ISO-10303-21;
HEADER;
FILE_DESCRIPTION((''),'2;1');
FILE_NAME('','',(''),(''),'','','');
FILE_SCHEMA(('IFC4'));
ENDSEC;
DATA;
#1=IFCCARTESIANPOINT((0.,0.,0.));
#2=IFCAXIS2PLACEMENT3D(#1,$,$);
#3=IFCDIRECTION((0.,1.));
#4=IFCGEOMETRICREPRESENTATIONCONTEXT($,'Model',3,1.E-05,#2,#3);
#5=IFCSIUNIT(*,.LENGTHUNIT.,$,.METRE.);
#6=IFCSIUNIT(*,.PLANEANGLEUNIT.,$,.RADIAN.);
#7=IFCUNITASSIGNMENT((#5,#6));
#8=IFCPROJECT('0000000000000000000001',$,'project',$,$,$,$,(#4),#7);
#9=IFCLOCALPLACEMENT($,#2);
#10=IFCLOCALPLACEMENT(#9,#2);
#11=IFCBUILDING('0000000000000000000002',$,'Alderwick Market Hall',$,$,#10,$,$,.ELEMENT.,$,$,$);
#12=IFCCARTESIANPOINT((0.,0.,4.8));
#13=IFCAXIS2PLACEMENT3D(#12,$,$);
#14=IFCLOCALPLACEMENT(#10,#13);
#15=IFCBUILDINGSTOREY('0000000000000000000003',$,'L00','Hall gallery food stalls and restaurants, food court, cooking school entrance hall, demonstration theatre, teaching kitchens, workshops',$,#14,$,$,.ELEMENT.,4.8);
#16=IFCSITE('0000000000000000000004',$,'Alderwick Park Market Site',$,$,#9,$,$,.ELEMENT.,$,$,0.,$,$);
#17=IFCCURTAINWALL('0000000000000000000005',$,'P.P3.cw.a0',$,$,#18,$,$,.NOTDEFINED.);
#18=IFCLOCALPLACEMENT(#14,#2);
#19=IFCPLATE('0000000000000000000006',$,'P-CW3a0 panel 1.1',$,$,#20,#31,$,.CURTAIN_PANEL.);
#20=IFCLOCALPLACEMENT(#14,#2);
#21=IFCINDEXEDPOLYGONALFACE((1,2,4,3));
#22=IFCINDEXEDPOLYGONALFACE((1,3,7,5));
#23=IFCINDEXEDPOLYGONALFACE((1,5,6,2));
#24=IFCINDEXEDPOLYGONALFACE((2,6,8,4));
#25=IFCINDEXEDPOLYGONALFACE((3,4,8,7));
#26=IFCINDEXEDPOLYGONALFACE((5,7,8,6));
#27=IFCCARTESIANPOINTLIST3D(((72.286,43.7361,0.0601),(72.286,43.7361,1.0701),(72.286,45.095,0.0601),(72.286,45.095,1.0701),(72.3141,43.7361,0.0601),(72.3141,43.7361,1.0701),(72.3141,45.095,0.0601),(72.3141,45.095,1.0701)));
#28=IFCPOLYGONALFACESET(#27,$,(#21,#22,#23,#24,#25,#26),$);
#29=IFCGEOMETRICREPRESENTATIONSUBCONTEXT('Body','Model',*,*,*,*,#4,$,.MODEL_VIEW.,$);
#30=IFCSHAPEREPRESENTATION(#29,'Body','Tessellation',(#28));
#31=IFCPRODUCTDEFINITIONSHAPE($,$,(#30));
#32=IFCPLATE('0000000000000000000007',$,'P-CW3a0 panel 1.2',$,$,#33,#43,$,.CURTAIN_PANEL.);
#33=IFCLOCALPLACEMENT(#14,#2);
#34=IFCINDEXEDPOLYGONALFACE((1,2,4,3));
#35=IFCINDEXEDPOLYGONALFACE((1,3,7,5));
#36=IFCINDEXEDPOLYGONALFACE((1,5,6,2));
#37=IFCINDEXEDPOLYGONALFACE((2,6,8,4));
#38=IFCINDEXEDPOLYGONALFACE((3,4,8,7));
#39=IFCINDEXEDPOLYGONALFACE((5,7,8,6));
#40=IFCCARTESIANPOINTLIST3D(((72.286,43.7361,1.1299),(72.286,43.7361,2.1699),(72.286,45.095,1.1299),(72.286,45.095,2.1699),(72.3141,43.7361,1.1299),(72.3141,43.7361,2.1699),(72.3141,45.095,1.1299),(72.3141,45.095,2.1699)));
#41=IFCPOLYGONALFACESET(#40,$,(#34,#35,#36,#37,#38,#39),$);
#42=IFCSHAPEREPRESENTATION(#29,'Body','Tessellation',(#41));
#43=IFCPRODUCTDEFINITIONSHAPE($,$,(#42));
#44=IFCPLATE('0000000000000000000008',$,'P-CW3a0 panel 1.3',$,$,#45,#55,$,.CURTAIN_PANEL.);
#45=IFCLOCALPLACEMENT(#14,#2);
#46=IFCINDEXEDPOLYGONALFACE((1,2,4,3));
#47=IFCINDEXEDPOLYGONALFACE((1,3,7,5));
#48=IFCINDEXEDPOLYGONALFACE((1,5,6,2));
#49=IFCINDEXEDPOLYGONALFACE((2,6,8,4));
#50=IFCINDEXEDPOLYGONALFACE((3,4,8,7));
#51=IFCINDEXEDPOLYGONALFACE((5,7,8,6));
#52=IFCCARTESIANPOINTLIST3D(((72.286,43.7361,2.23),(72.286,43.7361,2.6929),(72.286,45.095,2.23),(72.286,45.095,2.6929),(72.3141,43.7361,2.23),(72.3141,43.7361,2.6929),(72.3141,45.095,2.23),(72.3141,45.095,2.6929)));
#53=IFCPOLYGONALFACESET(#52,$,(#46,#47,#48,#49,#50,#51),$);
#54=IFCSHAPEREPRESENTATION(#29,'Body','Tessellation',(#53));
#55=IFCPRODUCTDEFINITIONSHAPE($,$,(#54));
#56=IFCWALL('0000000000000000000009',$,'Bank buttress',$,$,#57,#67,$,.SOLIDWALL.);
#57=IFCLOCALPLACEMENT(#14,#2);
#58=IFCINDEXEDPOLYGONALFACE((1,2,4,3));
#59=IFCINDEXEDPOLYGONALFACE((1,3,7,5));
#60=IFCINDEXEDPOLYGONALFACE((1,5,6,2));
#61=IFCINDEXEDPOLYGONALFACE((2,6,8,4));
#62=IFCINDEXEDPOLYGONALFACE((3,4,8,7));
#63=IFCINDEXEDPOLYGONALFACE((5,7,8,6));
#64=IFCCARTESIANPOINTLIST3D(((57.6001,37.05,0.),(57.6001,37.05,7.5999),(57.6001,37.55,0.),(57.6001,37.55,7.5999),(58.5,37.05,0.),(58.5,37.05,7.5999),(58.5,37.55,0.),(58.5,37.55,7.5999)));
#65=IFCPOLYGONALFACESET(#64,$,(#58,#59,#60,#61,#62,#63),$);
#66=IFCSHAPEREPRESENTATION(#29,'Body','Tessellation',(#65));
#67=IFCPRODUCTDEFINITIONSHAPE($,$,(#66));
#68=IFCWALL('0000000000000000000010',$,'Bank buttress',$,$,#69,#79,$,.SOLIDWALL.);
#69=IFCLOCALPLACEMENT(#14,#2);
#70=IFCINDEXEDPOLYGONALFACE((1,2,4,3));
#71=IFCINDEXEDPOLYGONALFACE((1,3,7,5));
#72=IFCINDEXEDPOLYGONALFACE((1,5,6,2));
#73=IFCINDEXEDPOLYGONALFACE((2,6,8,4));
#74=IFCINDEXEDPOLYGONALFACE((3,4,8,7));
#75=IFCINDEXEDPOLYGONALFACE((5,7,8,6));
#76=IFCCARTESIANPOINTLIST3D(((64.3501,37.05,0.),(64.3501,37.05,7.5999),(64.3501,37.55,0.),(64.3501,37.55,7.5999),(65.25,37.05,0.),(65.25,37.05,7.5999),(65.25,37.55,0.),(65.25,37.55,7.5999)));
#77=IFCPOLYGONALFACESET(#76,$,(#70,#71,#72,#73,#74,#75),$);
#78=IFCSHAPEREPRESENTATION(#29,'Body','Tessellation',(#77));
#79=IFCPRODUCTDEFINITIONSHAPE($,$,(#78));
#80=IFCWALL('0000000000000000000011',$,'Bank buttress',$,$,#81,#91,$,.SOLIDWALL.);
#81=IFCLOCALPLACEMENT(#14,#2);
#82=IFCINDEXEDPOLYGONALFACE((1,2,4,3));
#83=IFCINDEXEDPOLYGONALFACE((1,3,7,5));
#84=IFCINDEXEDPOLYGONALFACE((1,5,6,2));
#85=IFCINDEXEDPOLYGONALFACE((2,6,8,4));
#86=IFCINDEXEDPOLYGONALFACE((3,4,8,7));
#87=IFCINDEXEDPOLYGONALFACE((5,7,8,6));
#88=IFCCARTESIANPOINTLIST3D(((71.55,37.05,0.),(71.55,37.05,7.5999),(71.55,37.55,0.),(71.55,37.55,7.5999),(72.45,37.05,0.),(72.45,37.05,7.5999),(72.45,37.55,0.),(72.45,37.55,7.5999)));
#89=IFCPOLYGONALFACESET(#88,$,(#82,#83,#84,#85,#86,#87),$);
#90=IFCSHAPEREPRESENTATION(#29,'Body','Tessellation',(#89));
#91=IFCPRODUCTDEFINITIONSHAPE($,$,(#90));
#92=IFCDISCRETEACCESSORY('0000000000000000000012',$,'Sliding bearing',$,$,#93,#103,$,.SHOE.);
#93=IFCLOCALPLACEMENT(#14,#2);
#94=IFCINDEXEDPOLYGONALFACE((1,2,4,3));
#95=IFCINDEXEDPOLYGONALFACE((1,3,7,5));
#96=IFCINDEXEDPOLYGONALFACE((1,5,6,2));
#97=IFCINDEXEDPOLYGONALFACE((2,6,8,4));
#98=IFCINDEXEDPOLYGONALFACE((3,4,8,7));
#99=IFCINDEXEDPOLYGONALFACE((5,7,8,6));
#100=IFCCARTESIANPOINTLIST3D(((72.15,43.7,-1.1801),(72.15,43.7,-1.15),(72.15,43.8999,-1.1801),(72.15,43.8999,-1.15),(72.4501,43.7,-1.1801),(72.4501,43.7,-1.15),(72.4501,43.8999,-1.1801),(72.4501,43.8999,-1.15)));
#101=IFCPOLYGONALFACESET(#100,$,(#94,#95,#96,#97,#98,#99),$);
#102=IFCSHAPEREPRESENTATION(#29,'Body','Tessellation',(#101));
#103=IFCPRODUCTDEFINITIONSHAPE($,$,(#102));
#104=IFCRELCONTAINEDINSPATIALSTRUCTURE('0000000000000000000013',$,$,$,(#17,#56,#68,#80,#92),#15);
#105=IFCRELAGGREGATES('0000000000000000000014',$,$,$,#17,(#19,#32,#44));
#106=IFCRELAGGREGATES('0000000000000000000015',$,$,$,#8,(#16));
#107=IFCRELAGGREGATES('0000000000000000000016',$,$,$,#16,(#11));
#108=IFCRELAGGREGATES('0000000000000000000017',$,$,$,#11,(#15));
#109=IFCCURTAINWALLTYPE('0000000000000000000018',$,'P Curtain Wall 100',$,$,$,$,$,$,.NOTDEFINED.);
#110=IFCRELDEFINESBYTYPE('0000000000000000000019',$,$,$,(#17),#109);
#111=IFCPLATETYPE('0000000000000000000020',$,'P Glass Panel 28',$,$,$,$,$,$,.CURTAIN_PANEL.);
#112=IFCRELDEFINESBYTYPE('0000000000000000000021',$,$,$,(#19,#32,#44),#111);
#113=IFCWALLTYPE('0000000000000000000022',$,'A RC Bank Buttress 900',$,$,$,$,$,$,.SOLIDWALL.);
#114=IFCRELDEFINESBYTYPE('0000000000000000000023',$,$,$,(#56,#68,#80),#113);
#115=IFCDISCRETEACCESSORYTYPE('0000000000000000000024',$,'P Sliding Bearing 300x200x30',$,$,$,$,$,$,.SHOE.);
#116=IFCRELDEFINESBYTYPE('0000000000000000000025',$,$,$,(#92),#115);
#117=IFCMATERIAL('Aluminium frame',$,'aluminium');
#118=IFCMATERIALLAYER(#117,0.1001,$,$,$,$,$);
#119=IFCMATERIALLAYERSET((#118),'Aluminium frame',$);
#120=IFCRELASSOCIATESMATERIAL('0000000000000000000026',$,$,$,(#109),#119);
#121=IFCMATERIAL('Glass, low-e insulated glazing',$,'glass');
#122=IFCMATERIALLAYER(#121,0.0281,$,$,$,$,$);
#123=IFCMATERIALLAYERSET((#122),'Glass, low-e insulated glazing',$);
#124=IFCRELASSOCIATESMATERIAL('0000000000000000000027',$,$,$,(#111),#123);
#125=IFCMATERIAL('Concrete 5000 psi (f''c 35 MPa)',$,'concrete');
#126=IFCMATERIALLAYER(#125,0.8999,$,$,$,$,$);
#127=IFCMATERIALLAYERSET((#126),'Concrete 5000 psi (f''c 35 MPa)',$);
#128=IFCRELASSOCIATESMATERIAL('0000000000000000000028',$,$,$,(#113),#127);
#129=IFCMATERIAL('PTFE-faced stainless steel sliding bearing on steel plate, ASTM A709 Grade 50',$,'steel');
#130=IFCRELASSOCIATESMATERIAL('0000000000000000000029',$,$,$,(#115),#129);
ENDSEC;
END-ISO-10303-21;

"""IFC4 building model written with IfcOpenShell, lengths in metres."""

from ifc_helpers import new_model, si_unit, direction, frame, frame_2d, origin, origin_2d, place, context, subcontext, project, spatial, rectangle, extrude, material, layer, layer_set, material_profile, profile_set, type_object, element, aggregate, save


model = new_model("IFC4")

# Units and contexts
model_context = context("Model", 3, precision=1e-05, world=origin(), true_north=direction((0.0, 1.0)))
body_context = subcontext(model_context, "Body", "Model", "MODEL_VIEW")
ifc_project = project(units=[si_unit("LENGTHUNIT", "METRE"), si_unit("PLANEANGLEUNIT", "RADIAN")], contexts=[model_context])

# Site, building, storey
site_placement = place(None, origin())
site = spatial("IfcSite", under=ifc_project, at=site_placement, Name="Alderwick Park Market Site", CompositionType="ELEMENT", RefElevation=0.0)
building_placement = place(site_placement, origin())
building = spatial("IfcBuilding", under=site, at=building_placement, Name="Alderwick Market Hall", CompositionType="ELEMENT")
storey_placement = place(building_placement, frame((0.0, 0.0, 4.8)))
storey = spatial("IfcBuildingStorey", under=building, at=storey_placement, Name="L00", Description="Hall gallery food stalls and restaurants, food court, cooking school entrance hall, demonstration theatre, teaching kitchens, workshops", CompositionType="ELEMENT", Elevation=4.8)

# Curtain wall
ifc_material_1 = material(Name="Aluminium frame", Category="aluminium")
ifc_layer_1 = layer(ifc_material_1, 0.1001)
ifc_layer_set_1 = layer_set([ifc_layer_1], Name="Aluminium frame")
curtain_wall_type = type_object("IfcCurtainWallType", Name="P Curtain Wall 100", PredefinedType="NOTDEFINED", material=ifc_layer_set_1)
curtain_wall_placement = place(storey_placement, origin())
curtain_wall = element("IfcCurtainWall", 1, at=curtain_wall_placement, inside=storey, type_object=curtain_wall_type, Name="P.P3.cw.a0", PredefinedType="NOTDEFINED")

# Shared definitions
ifc_material_2 = material(Name="Concrete 5000 psi (f'c 35 MPa)", Category="concrete")

# Plates
ifc_material_3 = material(Name="Glass, low-e insulated glazing", Category="glass")
ifc_layer_2 = layer(ifc_material_3, 0.0281)
ifc_layer_set_2 = layer_set([ifc_layer_2], Name="Glass, low-e insulated glazing")
plate_type = type_object("IfcPlateType", Name="P Glass Panel 28", PredefinedType="CURTAIN_PANEL", material=ifc_layer_set_2)
plate_1_placement = place(storey_placement, frame((72.3, 44.4155, 0.0601), z_axis=(0.0, 0.0, 1.0), x_axis=(0.0, 1.0, 0.0)))
plate_1 = element("IfcPlate", 2, at=plate_1_placement, type_object=plate_type, Name="P-CW3a0 panel 1.1", PredefinedType="CURTAIN_PANEL", context=body_context, shape_type="SweptSolid", body=[
    extrude(rectangle(XDim=1.3589, YDim=0.0281, at=origin_2d()), origin(), (0.0, 0.0, 1.0), 1.01),
])
plate_2_placement = place(storey_placement, frame((72.3, 44.4155, 1.1299), z_axis=(0.0, 0.0, 1.0), x_axis=(0.0, 1.0, 0.0)))
plate_2 = element("IfcPlate", 3, at=plate_2_placement, type_object=plate_type, Name="P-CW3a0 panel 1.2", PredefinedType="CURTAIN_PANEL", context=body_context, shape_type="SweptSolid", body=[
    extrude(rectangle(XDim=1.3589, YDim=0.0281, at=origin_2d()), origin(), (0.0, 0.0, 1.0), 1.04),
])
plate_3_placement = place(storey_placement, frame((72.3, 44.4155, 2.23), z_axis=(0.0, 0.0, 1.0), x_axis=(0.0, 1.0, 0.0)))
plate_3 = element("IfcPlate", 4, at=plate_3_placement, type_object=plate_type, Name="P-CW3a0 panel 1.3", PredefinedType="CURTAIN_PANEL", context=body_context, shape_type="SweptSolid", body=[
    extrude(rectangle(XDim=1.3589, YDim=0.0281, at=origin_2d()), origin(), (0.0, 0.0, 1.0), 0.4629),
])
aggregate(curtain_wall, [plate_1, plate_2, plate_3])

# Walls
ifc_layer_3 = layer(ifc_material_2, 0.8999)
ifc_layer_set_3 = layer_set([ifc_layer_3], Name="Concrete 5000 psi (f'c 35 MPa)")
wall_type = type_object("IfcWallType", Name="A RC Bank Buttress 900", PredefinedType="SOLIDWALL", material=ifc_layer_set_3)
for number, where, z_axis, x_axis, name in (
    (5, (58.05, 37.05, 0.0), (0.0, 0.0, 1.0), (0.0, 1.0, 0.0), "Bank buttress"),
    (6, (64.8, 37.05, 0.0), (0.0, 0.0, 1.0), (0.0, 1.0, 0.0), "Bank buttress"),
    (7, (72.0, 37.05, 0.0), (0.0, 0.0, 1.0), (0.0, 1.0, 0.0), "Bank buttress"),
):
    element("IfcWall", number, at=place(storey_placement, frame(where, z_axis=z_axis, x_axis=x_axis)), inside=storey, type_object=wall_type, Name=name, PredefinedType="SOLIDWALL", context=body_context, shape_type="SweptSolid", body=[
        extrude(rectangle(XDim=0.5, YDim=0.8999, at=frame_2d((0.25, 0.0))), origin(), (0.0, 0.0, 1.0), 7.5999),
    ])

# Discrete accessory
ifc_material_4 = material(Name="PTFE-faced stainless steel sliding bearing on steel plate, ASTM A709 Grade 50", Category="steel")
ifc_material_profile_1 = material_profile(ifc_material_4, rectangle(XDim=0.3, YDim=0.03, at=origin_2d()), Name="P Sliding Bearing 300x200x30")
ifc_profile_set_1 = profile_set([ifc_material_profile_1], Name="PTFE-faced stainless steel sliding bearing on steel plate, ASTM A709 Grade 50")
discrete_accessory_type = type_object("IfcDiscreteAccessoryType", Name="P Sliding Bearing 300x200x30", PredefinedType="SHOE", material=ifc_profile_set_1)
discrete_accessory_placement = place(storey_placement, frame((72.3, 43.8999, -1.165), z_axis=(0.0, -1.0, 0.0), x_axis=(1.0, 0.0, 0.0)))
element("IfcDiscreteAccessory", 8, at=discrete_accessory_placement, inside=storey, type_object=discrete_accessory_type, Name="Sliding bearing", PredefinedType="SHOE", context=body_context, shape_type="SweptSolid", body=[
    extrude(rectangle(XDim=0.3, YDim=0.03, at=origin_2d()), origin(), (0.0, 0.0, 1.0), 0.2),
])

save(model, "model.ifc")
